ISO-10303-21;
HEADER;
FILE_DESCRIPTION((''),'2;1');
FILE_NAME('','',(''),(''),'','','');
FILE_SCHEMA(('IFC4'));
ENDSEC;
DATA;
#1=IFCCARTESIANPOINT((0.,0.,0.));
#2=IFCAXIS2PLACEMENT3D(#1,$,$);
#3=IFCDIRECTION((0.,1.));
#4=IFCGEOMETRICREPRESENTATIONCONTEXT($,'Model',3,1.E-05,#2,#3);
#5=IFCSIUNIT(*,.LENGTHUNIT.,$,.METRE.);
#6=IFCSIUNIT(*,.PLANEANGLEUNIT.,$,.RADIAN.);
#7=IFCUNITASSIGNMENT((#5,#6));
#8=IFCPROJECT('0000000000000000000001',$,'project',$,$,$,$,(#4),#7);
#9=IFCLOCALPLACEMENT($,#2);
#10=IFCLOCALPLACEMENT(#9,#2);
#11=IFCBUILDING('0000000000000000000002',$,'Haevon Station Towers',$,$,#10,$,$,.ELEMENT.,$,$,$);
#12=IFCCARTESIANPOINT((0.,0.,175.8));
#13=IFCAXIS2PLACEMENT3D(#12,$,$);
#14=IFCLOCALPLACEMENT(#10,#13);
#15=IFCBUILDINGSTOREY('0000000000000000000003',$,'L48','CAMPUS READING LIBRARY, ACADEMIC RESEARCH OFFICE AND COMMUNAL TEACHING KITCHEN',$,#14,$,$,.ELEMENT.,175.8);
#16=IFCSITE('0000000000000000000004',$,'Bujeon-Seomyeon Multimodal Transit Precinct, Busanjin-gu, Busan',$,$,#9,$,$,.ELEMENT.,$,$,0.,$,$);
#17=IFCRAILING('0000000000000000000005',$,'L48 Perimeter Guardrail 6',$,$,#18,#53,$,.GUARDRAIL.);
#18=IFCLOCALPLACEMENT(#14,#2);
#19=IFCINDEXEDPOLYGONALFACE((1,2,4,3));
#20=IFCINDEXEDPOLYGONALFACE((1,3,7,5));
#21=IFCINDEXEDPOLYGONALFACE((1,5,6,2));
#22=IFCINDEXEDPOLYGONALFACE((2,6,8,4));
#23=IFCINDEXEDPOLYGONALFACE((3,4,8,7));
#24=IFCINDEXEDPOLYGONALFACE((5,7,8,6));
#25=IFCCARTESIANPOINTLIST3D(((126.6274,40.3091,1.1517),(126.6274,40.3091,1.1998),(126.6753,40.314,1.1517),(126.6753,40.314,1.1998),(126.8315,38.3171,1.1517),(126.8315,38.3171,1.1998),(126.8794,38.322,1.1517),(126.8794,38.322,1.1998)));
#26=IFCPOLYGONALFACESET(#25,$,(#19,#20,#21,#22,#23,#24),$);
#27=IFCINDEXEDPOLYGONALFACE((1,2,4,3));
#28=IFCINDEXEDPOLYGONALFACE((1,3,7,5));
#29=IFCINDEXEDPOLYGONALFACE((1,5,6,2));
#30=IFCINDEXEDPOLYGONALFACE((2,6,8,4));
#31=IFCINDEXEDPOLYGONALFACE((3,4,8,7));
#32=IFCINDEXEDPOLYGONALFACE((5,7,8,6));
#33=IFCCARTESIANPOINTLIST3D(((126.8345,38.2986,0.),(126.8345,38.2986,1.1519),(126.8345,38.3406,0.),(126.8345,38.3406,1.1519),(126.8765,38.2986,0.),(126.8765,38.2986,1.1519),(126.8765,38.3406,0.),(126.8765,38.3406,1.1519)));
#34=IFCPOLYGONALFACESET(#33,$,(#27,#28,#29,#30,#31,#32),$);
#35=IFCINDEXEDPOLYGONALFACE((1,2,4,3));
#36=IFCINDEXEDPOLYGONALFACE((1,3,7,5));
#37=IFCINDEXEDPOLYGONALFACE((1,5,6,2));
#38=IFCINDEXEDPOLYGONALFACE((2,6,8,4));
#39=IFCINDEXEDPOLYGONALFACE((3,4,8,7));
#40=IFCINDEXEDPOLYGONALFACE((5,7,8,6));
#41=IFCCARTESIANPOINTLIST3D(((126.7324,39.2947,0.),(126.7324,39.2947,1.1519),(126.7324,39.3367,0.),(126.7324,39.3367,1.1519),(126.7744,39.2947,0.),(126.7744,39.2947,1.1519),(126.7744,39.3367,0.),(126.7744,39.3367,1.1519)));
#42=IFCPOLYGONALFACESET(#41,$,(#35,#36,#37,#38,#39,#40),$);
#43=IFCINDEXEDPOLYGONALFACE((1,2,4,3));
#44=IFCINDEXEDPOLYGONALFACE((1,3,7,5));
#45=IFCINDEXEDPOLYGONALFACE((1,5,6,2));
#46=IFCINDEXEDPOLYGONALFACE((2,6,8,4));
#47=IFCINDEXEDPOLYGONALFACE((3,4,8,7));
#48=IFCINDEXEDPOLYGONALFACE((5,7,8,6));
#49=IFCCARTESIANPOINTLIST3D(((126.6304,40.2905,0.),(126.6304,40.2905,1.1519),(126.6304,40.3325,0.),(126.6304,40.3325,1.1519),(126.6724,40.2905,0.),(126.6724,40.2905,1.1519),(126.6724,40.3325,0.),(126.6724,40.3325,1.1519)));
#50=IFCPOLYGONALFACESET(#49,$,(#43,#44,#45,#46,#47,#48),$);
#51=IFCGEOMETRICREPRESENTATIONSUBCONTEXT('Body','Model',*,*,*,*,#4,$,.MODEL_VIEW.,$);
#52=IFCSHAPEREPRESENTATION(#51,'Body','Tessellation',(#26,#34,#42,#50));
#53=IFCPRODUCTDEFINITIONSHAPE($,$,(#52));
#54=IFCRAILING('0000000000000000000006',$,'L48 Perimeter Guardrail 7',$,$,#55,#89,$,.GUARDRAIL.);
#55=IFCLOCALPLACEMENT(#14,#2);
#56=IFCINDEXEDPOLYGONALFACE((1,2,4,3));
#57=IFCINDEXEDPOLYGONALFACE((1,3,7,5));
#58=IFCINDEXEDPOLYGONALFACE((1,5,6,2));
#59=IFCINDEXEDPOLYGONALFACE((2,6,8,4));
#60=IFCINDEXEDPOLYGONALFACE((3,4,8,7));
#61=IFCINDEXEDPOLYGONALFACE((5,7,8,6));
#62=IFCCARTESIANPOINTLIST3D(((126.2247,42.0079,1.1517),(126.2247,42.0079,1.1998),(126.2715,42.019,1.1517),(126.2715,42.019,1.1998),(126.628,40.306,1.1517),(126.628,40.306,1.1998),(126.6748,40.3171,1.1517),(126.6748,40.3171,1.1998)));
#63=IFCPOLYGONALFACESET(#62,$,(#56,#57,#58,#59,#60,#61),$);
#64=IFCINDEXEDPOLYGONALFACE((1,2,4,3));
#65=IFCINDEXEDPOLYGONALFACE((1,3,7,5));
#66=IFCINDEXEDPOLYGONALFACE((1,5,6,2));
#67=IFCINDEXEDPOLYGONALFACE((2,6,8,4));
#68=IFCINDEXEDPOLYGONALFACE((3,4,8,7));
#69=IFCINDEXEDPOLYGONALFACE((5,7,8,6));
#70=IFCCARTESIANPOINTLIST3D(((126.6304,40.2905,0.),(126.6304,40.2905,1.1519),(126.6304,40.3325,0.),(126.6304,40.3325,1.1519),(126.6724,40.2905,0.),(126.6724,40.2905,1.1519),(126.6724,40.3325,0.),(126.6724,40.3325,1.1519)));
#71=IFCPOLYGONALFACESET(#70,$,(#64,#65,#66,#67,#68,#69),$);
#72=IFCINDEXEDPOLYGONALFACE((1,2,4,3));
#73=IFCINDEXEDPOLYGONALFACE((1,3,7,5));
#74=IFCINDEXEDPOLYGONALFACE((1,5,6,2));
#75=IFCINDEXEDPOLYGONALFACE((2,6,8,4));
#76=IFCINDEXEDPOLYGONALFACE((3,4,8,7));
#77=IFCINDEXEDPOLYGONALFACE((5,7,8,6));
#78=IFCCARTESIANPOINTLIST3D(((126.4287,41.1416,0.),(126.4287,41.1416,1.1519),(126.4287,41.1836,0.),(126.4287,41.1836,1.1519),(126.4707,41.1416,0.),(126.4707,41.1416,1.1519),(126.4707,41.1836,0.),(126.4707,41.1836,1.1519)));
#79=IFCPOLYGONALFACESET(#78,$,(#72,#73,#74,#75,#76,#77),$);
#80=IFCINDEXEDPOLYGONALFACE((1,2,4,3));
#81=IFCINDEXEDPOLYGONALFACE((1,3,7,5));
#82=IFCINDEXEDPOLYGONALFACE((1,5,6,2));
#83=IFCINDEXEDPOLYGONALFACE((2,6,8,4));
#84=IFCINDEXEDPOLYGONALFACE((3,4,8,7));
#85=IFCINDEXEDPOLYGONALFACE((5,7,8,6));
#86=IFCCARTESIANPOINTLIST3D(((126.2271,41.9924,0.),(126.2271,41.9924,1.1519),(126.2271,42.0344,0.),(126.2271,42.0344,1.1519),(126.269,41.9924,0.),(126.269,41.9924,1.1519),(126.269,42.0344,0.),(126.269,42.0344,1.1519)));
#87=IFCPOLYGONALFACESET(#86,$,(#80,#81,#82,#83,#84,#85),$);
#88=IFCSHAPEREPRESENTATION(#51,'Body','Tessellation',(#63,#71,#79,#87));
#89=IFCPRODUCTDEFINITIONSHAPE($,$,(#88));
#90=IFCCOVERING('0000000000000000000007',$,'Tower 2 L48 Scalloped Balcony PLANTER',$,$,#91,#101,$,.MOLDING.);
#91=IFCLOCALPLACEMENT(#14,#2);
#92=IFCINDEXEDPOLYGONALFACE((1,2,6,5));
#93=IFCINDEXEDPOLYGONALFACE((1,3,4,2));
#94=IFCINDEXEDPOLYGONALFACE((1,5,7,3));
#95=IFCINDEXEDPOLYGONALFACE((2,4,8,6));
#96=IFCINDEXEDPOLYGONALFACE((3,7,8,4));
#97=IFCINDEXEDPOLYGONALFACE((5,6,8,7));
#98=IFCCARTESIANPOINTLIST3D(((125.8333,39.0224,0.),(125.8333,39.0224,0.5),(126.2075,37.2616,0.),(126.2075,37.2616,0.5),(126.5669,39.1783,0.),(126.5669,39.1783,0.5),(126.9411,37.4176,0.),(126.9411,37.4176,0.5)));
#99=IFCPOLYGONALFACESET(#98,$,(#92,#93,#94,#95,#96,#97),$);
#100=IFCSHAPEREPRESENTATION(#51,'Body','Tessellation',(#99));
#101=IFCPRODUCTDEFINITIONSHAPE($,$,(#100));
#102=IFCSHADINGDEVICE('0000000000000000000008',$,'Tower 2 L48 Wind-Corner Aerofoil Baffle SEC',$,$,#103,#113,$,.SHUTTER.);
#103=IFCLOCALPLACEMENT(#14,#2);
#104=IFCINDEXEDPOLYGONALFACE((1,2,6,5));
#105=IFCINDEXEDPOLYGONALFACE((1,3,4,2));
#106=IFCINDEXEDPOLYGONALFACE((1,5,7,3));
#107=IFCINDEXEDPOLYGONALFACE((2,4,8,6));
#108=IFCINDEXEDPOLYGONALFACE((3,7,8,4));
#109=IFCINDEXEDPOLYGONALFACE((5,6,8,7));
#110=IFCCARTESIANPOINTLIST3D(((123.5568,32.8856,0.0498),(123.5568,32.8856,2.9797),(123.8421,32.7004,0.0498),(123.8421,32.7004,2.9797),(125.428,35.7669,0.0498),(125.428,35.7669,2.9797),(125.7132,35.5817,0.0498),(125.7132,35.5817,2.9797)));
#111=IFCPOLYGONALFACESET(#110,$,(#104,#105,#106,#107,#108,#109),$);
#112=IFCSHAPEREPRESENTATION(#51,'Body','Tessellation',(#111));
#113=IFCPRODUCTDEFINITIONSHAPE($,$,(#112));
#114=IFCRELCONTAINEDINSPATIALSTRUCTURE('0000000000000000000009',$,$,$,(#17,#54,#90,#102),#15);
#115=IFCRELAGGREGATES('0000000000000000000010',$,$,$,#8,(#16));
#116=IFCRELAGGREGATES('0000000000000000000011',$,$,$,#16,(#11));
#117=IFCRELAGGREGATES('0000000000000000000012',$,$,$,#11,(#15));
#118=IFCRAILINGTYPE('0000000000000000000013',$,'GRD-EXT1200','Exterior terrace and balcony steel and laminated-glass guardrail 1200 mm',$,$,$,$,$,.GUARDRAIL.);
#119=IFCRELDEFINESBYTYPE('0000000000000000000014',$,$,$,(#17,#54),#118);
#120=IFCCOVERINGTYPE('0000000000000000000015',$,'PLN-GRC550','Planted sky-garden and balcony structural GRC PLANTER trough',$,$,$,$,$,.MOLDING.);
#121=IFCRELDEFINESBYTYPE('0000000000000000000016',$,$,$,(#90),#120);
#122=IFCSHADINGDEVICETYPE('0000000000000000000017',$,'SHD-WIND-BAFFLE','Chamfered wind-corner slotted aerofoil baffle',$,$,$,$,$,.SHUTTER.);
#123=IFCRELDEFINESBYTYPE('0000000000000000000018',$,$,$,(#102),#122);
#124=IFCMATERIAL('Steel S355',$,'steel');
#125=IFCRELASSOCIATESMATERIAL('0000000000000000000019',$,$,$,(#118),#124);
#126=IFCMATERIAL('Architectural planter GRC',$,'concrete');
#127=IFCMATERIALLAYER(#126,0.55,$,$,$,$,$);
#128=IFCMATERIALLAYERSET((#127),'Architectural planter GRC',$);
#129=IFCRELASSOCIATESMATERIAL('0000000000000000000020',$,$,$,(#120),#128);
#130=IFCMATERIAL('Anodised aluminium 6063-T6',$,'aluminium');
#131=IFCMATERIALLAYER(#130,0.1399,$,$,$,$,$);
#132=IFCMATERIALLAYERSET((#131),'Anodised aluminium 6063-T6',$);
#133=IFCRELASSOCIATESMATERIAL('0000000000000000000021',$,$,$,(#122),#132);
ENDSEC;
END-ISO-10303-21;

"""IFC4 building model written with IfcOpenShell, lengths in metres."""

from ifc_helpers import new_model, si_unit, direction, frame, origin, origin_2d, place, context, subcontext, project, spatial, rectangle, extrude, material, layer, layer_set, type_object, element, save


model = new_model("IFC4")

# Units and contexts
model_context = context("Model", 3, precision=1e-05, world=origin(), true_north=direction((0.0, 1.0)))
body_context = subcontext(model_context, "Body", "Model", "MODEL_VIEW")
ifc_project = project(units=[si_unit("LENGTHUNIT", "METRE"), si_unit("PLANEANGLEUNIT", "RADIAN")], contexts=[model_context])

# Site, building, storey
site_placement = place(None, origin())
site = spatial("IfcSite", under=ifc_project, at=site_placement, Name="Bujeon-Seomyeon Multimodal Transit Precinct, Busanjin-gu, Busan", CompositionType="ELEMENT", RefElevation=0.0)
building_placement = place(site_placement, origin())
building = spatial("IfcBuilding", under=site, at=building_placement, Name="Haevon Station Towers", CompositionType="ELEMENT")
storey_placement = place(building_placement, frame((0.0, 0.0, 175.8)))
storey = spatial("IfcBuildingStorey", under=building, at=storey_placement, Name="L48", Description="CAMPUS READING LIBRARY, ACADEMIC RESEARCH OFFICE AND COMMUNAL TEACHING KITCHEN", CompositionType="ELEMENT", Elevation=175.8)

# Shared definitions
ifc_material_1 = material(Name="Steel S355", Category="steel")

# Railings
railing_type = type_object("IfcRailingType", Name="GRD-EXT1200", Description="Exterior terrace and balcony steel and laminated-glass guardrail 1200 mm", PredefinedType="GUARDRAIL", material=ifc_material_1)
railing_1_placement = place(storey_placement, frame((126.8555, 38.3196, 0.0)))
element("IfcRailing", 1, at=railing_1_placement, inside=storey, type_object=railing_type, Name="L48 Perimeter Guardrail 6", PredefinedType="GUARDRAIL", context=body_context, shape_type="SweptSolid", body=[
    extrude(rectangle(XDim=0.0481, YDim=0.0481, at=origin_2d()), frame((0.0, 0.0, 1.1758), z_axis=(-0.10193, 0.994792, 0.0), x_axis=(-0.994792, -0.10193, 0.0)), (0.0, 0.0, 1.0), 2.0024),
    extrude(rectangle(XDim=0.042, YDim=0.042, at=origin_2d()), origin(), (0.0, 0.0, 1.0), 1.1519),
    extrude(rectangle(XDim=0.042, YDim=0.042, at=origin_2d()), frame((-0.1021, 0.9961, 0.0)), (0.0, 0.0, 1.0), 1.1519),
    extrude(rectangle(XDim=0.042, YDim=0.042, at=origin_2d()), frame((-0.2041, 1.9919, 0.0)), (0.0, 0.0, 1.0), 1.1519),
])
railing_2_placement = place(storey_placement, frame((126.6514, 40.3115, 0.0)))
element("IfcRailing", 2, at=railing_2_placement, inside=storey, type_object=railing_type, Name="L48 Perimeter Guardrail 7", PredefinedType="GUARDRAIL", context=body_context, shape_type="SweptSolid", body=[
    extrude(rectangle(XDim=0.0481, YDim=0.0481, at=origin_2d()), frame((0.0, 0.0, 1.1758), z_axis=(-0.230595, 0.97305, 0.0), x_axis=(-0.97305, -0.230595, 0.0)), (0.0, 0.0, 1.0), 1.749),
    extrude(rectangle(XDim=0.042, YDim=0.042, at=origin_2d()), origin(), (0.0, 0.0, 1.0), 1.1519),
    extrude(rectangle(XDim=0.042, YDim=0.042, at=origin_2d()), frame((-0.2017, 0.8511, 0.0)), (0.0, 0.0, 1.0), 1.1519),
    extrude(rectangle(XDim=0.042, YDim=0.042, at=origin_2d()), frame((-0.4033, 1.7019, 0.0)), (0.0, 0.0, 1.0), 1.1519),
])

# Covering
ifc_material_2 = material(Name="Architectural planter GRC", Category="concrete")
ifc_layer_1 = layer(ifc_material_2, 0.55)
ifc_layer_set_1 = layer_set([ifc_layer_1], Name="Architectural planter GRC")
covering_type = type_object("IfcCoveringType", Name="PLN-GRC550", Description="Planted sky-garden and balcony structural GRC PLANTER trough", PredefinedType="MOLDING", material=ifc_layer_set_1)
covering_placement = place(storey_placement, frame((126.3872, 38.22, 0.0), z_axis=(0.0, 0.0, 1.0), x_axis=(0.978148, 0.207912, 0.0)))
element("IfcCovering", 3, at=covering_placement, inside=storey, type_object=covering_type, Name="Tower 2 L48 Scalloped Balcony PLANTER", PredefinedType="MOLDING", context=body_context, shape_type="SweptSolid", body=[
    extrude(rectangle(XDim=0.75, YDim=1.8, at=origin_2d()), origin(), (0.0, 0.0, 1.0), 0.5),
])

# Shading device
ifc_material_3 = material(Name="Anodised aluminium 6063-T6", Category="aluminium")
ifc_layer_2 = layer(ifc_material_3, 0.1399)
ifc_layer_set_2 = layer_set([ifc_layer_2], Name="Anodised aluminium 6063-T6")
shading_device_type = type_object("IfcShadingDeviceType", Name="SHD-WIND-BAFFLE", Description="Chamfered wind-corner slotted aerofoil baffle", PredefinedType="SHUTTER", material=ifc_layer_set_2)
shading_device_placement = place(storey_placement, frame((124.635, 34.2336, 0.0498), z_axis=(0.0, 0.0, 1.0), x_axis=(-0.544639, -0.838671, 0.0)))
element("IfcShadingDevice", 4, at=shading_device_placement, inside=storey, type_object=shading_device_type, Name="Tower 2 L48 Wind-Corner Aerofoil Baffle SEC", PredefinedType="SHUTTER", context=body_context, shape_type="SweptSolid", body=[
    extrude(rectangle(XDim=3.4355, YDim=0.3401, at=origin_2d()), origin(), (0.0, 0.0, 1.0), 2.9299),
])

save(model, "model.ifc")
